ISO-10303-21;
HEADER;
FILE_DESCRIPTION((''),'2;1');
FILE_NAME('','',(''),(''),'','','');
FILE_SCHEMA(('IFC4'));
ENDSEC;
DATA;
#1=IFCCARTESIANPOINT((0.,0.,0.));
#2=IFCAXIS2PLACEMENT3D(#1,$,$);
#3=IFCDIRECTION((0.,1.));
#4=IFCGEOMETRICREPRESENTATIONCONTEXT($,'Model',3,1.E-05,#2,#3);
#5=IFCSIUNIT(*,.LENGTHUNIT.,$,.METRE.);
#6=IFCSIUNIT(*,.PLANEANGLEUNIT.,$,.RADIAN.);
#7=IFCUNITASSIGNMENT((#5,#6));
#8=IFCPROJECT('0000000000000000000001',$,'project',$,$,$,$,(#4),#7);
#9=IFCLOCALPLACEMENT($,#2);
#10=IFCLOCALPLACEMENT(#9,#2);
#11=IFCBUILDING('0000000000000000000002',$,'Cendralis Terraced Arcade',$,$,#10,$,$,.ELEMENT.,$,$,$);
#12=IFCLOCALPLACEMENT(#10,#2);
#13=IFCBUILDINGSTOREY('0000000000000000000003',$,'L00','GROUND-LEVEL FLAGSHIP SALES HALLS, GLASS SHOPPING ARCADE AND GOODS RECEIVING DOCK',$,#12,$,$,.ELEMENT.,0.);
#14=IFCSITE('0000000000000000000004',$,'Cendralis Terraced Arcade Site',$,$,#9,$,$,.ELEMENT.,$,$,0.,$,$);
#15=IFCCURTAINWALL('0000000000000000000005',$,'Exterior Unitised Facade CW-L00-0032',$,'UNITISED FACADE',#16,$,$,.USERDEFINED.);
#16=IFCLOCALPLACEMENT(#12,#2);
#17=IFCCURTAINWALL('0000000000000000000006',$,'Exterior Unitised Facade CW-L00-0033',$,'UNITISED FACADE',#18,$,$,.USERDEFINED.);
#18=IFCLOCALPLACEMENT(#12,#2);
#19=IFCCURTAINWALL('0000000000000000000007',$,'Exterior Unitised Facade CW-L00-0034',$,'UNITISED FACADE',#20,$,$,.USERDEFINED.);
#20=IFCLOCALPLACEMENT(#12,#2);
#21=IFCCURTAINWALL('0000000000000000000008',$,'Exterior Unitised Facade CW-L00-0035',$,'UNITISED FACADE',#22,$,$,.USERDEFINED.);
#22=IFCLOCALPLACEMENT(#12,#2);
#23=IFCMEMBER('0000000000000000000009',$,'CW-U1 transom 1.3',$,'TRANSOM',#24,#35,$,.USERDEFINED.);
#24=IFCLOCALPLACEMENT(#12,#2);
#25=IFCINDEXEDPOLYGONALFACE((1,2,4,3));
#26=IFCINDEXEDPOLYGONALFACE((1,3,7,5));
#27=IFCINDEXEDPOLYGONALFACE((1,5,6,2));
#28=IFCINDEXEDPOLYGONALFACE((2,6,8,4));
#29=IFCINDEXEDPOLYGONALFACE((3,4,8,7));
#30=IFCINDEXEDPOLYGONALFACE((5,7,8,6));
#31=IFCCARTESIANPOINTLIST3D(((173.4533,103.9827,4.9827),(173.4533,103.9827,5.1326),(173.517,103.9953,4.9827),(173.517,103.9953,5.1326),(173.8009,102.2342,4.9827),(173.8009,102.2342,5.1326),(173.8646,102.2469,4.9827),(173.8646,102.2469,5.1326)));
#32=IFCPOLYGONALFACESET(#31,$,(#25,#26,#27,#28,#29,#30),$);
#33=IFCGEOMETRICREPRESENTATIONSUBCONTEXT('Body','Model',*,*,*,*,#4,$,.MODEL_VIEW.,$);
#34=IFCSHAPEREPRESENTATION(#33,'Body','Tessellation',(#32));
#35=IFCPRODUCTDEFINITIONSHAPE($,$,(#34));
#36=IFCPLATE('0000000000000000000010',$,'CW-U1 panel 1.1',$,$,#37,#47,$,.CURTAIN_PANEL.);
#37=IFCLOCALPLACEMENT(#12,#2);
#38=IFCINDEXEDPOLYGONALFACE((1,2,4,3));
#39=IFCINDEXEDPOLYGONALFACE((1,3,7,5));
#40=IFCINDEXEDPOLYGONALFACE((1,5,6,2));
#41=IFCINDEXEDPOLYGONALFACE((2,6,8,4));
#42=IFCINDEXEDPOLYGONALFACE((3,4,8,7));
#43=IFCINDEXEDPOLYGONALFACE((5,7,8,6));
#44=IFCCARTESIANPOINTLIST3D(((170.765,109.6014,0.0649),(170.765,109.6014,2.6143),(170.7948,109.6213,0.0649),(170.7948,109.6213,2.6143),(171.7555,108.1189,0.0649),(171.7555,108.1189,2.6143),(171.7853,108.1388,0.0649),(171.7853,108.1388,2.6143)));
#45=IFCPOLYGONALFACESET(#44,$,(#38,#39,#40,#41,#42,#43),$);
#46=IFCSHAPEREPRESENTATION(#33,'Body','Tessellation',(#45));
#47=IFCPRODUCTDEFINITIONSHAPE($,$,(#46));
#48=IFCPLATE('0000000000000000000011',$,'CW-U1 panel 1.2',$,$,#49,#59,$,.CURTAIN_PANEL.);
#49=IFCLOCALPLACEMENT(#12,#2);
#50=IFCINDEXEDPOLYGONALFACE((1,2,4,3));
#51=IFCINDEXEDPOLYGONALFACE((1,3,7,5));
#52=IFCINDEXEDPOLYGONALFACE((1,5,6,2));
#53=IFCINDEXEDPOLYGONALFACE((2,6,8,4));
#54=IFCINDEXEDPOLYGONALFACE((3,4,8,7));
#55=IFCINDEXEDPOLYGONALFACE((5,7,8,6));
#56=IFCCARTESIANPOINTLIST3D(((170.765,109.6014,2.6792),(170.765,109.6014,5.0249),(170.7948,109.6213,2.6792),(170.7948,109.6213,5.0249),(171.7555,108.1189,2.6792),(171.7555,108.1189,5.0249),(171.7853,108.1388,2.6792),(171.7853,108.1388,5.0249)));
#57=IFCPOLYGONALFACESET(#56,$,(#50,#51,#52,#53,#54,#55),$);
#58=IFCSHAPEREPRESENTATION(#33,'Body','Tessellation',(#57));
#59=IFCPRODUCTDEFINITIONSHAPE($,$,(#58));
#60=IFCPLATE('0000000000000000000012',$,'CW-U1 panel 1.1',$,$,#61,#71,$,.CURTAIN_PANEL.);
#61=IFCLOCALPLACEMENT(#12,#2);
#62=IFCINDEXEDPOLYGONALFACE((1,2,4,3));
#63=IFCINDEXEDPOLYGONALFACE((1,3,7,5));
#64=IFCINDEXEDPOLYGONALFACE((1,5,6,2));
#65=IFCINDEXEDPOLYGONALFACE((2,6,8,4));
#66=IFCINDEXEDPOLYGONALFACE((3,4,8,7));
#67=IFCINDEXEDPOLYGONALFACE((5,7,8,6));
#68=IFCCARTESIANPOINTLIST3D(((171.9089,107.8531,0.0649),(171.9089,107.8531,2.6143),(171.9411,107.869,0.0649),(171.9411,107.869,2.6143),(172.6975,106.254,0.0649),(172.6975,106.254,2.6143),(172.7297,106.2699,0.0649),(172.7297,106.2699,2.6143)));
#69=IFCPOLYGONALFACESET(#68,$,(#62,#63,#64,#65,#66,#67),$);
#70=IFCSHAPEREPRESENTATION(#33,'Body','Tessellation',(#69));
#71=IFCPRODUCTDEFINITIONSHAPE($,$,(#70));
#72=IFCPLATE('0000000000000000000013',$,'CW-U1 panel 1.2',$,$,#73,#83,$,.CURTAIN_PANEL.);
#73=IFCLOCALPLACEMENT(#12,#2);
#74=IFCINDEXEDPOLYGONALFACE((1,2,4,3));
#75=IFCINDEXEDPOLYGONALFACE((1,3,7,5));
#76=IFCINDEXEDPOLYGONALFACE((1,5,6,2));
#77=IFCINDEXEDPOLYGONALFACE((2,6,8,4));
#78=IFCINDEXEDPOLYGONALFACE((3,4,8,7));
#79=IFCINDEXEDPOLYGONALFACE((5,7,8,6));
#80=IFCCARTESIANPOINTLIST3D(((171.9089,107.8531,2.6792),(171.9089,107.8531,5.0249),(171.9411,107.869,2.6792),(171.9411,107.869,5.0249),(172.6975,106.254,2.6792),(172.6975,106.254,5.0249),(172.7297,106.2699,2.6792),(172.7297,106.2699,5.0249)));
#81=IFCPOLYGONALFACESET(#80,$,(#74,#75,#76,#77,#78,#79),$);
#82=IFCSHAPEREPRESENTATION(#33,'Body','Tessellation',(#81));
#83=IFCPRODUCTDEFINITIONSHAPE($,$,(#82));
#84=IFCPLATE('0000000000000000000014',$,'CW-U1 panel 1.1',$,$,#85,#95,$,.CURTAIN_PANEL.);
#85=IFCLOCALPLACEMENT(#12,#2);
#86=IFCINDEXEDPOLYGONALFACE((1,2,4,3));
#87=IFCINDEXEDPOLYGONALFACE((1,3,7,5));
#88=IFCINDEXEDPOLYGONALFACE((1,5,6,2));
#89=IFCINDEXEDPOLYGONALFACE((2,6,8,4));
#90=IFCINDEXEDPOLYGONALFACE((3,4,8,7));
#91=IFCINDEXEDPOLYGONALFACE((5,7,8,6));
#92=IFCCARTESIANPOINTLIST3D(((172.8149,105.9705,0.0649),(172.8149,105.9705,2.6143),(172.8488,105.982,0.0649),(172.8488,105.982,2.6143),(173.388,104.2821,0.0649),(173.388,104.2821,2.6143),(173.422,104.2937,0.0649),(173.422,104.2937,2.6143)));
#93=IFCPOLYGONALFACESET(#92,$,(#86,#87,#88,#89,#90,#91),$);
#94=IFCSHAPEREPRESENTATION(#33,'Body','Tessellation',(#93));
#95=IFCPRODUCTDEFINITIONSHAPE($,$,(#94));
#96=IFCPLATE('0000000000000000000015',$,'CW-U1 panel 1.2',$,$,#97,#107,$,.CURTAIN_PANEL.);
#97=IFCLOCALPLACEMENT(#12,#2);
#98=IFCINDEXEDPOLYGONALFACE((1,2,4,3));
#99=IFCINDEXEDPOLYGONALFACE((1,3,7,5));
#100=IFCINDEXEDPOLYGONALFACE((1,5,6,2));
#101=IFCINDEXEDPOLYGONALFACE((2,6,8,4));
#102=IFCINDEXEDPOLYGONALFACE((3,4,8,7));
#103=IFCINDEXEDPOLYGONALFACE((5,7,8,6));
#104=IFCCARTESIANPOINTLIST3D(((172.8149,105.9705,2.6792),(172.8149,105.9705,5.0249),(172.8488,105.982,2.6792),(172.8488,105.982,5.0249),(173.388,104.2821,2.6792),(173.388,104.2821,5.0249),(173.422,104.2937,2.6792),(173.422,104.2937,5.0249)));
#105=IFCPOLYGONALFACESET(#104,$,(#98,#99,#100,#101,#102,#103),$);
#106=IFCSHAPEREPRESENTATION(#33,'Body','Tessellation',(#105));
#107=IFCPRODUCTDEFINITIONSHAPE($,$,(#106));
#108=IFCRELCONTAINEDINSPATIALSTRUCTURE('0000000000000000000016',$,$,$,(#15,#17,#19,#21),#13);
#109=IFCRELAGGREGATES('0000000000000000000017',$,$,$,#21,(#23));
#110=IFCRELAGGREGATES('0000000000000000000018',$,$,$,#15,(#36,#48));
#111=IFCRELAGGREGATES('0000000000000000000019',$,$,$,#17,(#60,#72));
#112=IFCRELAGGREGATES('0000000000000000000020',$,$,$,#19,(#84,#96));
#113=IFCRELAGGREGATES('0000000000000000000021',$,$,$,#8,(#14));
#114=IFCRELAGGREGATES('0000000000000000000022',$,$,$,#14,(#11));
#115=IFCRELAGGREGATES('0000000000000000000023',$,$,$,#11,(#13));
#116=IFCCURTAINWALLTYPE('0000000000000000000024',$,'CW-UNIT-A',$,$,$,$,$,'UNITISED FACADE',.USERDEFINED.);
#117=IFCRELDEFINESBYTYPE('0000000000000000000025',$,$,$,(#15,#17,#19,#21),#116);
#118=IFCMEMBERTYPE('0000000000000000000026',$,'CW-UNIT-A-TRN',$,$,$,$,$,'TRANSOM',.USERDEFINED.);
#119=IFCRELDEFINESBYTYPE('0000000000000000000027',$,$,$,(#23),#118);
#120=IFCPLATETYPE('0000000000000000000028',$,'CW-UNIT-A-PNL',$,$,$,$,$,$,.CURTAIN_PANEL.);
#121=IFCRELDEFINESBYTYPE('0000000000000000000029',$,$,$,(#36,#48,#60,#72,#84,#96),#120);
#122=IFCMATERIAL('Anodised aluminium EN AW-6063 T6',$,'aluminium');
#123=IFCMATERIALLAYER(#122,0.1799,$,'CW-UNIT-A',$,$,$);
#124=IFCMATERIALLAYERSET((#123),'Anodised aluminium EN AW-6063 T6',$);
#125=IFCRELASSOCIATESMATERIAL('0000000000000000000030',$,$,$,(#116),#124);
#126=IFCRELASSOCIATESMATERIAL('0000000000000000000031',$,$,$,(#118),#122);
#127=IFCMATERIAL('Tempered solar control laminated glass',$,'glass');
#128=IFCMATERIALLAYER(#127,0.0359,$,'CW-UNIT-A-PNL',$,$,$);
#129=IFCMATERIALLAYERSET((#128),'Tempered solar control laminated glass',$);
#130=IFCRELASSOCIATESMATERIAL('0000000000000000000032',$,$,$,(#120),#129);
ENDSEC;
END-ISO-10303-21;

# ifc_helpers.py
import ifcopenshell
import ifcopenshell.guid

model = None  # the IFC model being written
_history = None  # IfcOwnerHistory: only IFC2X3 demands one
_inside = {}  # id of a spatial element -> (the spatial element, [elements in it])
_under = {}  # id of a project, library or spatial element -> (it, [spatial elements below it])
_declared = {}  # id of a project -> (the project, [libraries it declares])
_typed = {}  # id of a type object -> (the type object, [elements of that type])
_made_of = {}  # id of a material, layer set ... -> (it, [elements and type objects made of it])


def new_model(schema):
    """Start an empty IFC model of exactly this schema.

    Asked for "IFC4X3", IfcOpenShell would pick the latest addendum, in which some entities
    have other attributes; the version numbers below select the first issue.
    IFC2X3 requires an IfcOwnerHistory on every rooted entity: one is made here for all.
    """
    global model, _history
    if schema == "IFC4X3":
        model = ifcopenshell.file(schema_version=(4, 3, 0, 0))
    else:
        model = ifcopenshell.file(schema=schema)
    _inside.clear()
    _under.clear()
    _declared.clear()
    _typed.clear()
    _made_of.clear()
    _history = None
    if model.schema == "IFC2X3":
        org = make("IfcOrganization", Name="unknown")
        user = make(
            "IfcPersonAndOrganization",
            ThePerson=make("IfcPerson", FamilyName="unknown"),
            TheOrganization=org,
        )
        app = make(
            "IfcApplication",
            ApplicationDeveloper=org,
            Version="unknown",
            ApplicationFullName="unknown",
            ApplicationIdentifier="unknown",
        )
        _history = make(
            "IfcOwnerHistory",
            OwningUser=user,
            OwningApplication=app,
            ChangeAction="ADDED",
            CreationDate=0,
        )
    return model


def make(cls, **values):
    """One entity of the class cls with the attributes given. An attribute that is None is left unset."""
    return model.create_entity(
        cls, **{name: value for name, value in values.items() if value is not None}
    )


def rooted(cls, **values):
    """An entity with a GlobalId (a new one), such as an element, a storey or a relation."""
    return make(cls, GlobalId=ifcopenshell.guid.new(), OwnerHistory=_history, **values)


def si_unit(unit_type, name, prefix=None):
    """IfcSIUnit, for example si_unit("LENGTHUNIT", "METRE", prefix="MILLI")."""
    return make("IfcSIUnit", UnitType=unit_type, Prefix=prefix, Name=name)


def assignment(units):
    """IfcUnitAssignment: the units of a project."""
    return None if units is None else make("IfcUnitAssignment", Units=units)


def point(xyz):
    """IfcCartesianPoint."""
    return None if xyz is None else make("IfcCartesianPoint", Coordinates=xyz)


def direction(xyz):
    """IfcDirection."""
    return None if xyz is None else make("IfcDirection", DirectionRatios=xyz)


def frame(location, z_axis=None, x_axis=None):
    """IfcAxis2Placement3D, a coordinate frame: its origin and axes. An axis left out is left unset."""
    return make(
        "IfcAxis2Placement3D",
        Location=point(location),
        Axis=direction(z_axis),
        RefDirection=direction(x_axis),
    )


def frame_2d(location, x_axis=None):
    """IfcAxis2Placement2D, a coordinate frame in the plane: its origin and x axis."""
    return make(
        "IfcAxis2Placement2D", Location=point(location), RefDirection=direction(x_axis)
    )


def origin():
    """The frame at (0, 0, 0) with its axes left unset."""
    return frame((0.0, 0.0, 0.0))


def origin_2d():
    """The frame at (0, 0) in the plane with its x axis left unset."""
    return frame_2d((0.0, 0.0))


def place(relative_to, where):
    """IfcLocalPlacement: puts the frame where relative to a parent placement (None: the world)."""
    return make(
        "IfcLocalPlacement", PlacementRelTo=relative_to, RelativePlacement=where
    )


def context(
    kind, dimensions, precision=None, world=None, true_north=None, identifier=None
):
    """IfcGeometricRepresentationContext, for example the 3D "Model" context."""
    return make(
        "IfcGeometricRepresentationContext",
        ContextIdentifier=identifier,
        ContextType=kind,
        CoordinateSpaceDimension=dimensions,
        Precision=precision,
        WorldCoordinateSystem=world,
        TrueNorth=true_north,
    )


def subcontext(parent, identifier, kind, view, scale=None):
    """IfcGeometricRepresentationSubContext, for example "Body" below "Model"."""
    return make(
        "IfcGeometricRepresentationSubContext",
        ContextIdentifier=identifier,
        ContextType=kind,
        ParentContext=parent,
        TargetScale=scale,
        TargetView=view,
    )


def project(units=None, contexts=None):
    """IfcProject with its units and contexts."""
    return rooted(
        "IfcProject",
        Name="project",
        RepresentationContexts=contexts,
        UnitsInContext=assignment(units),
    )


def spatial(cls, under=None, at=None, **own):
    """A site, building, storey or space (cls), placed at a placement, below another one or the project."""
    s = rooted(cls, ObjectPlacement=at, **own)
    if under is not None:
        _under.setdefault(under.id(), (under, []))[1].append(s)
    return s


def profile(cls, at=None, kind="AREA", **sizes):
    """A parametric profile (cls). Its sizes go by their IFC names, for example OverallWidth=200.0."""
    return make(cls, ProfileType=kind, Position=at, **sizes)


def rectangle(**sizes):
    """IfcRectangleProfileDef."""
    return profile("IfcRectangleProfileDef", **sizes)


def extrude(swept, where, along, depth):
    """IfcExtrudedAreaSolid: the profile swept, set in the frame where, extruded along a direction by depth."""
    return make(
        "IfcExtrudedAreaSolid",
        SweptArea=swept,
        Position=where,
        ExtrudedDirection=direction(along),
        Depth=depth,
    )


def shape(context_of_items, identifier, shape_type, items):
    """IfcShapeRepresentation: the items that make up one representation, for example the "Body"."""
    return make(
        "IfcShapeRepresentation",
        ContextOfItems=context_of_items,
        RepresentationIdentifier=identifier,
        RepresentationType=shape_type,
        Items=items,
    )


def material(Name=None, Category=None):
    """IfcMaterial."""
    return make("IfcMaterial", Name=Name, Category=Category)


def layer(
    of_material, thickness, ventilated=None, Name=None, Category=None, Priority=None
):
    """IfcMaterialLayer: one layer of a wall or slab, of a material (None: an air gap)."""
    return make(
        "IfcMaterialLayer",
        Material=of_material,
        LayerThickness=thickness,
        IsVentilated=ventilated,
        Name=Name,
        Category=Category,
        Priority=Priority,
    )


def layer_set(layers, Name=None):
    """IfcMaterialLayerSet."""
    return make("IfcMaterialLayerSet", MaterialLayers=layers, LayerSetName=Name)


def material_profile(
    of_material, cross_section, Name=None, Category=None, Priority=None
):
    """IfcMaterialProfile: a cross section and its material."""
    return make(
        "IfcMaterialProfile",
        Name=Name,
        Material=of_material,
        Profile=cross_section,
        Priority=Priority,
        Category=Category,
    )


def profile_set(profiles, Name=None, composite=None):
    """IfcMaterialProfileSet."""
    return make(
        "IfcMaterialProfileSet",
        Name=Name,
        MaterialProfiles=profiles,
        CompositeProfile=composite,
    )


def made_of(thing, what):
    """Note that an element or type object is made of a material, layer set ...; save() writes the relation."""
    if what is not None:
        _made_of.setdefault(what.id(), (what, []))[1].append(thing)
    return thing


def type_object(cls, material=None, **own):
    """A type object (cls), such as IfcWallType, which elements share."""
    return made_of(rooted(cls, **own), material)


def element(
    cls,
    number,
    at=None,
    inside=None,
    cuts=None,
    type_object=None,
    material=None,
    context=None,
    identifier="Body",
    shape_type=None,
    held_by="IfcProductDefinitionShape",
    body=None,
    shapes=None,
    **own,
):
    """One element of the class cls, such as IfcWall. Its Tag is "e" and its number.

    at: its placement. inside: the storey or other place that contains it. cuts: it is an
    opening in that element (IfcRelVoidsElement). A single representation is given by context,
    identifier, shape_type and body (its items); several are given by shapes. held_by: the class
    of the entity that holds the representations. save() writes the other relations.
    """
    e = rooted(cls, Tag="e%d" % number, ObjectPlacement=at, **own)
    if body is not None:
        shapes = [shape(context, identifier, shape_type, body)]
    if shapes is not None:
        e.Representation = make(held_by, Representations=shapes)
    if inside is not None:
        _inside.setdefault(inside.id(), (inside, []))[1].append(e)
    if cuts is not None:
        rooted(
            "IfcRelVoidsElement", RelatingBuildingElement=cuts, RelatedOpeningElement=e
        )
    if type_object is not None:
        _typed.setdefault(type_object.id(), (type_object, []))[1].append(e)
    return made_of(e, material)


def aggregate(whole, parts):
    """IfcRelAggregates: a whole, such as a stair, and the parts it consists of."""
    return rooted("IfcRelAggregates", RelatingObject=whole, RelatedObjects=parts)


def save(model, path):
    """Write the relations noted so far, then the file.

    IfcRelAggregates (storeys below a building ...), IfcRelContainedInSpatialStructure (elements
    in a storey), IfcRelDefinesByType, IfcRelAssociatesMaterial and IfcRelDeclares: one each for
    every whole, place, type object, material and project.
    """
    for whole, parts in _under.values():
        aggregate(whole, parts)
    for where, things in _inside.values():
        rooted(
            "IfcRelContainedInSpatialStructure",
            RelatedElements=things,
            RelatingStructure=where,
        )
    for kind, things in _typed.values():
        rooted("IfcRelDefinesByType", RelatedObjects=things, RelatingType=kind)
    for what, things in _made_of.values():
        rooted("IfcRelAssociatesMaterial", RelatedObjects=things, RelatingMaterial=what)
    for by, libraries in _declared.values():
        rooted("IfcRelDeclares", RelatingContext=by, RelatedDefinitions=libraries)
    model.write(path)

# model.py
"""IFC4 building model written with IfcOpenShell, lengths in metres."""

from ifc_helpers import new_model, si_unit, direction, frame, origin, origin_2d, place, context, subcontext, project, spatial, rectangle, extrude, material, layer, layer_set, material_profile, profile_set, type_object, element, aggregate, save


model = new_model("IFC4")

# Units and contexts
model_context = context("Model", 3, precision=1e-05, world=origin(), true_north=direction((0.0, 1.0)))
body_context = subcontext(model_context, "Body", "Model", "MODEL_VIEW")
ifc_project = project(units=[si_unit("LENGTHUNIT", "METRE"), si_unit("PLANEANGLEUNIT", "RADIAN")], contexts=[model_context])

# Site, building, storey
site_placement = place(None, origin())
site = spatial("IfcSite", under=ifc_project, at=site_placement, Name="Cendralis Terraced Arcade Site", CompositionType="ELEMENT", RefElevation=0.0)
building_placement = place(site_placement, origin())
building = spatial("IfcBuilding", under=site, at=building_placement, Name="Cendralis Terraced Arcade", CompositionType="ELEMENT")
storey_placement = place(building_placement, origin())
storey = spatial("IfcBuildingStorey", under=building, at=storey_placement, Name="L00", Description="GROUND-LEVEL FLAGSHIP SALES HALLS, GLASS SHOPPING ARCADE AND GOODS RECEIVING DOCK", CompositionType="ELEMENT", Elevation=0.0)

# Curtain walls
ifc_material_1 = material(Name="Anodised aluminium EN AW-6063 T6", Category="aluminium")
ifc_layer_1 = layer(ifc_material_1, 0.1799, Name="CW-UNIT-A")
ifc_layer_set_1 = layer_set([ifc_layer_1], Name="Anodised aluminium EN AW-6063 T6")
curtain_wall_type = type_object("IfcCurtainWallType", Name="CW-UNIT-A", ElementType="UNITISED FACADE", PredefinedType="USERDEFINED", material=ifc_layer_set_1)
curtain_wall_1_placement = place(storey_placement, origin())
curtain_wall_1 = element("IfcCurtainWall", 1, at=curtain_wall_1_placement, inside=storey, type_object=curtain_wall_type, Name="Exterior Unitised Facade CW-L00-0032", ObjectType="UNITISED FACADE", PredefinedType="USERDEFINED")
curtain_wall_2_placement = place(storey_placement, origin())
curtain_wall_2 = element("IfcCurtainWall", 2, at=curtain_wall_2_placement, inside=storey, type_object=curtain_wall_type, Name="Exterior Unitised Facade CW-L00-0033", ObjectType="UNITISED FACADE", PredefinedType="USERDEFINED")
curtain_wall_3_placement = place(storey_placement, origin())
curtain_wall_3 = element("IfcCurtainWall", 3, at=curtain_wall_3_placement, inside=storey, type_object=curtain_wall_type, Name="Exterior Unitised Facade CW-L00-0034", ObjectType="UNITISED FACADE", PredefinedType="USERDEFINED")

# Curtain wall
curtain_wall_4_placement = place(storey_placement, origin())
curtain_wall_4 = element("IfcCurtainWall", 4, at=curtain_wall_4_placement, inside=storey, type_object=curtain_wall_type, Name="Exterior Unitised Facade CW-L00-0035", ObjectType="UNITISED FACADE", PredefinedType="USERDEFINED")

# Member
ifc_material_profile_1 = material_profile(ifc_material_1, rectangle(XDim=0.0649, YDim=0.1499, at=origin_2d()), Name="ALU-TRN-65x150")
ifc_profile_set_1 = profile_set([ifc_material_profile_1], Name="Anodised aluminium EN AW-6063 T6")
member_type_1 = type_object("IfcMemberType", Name="CW-UNIT-A-TRN", ElementType="TRANSOM", PredefinedType="USERDEFINED", material=ifc_profile_set_1)
member_1_placement = place(storey_placement, frame((173.4851, 103.989, 5.0576), z_axis=(0.19501, -0.980801, 0.0), x_axis=(0.980801, 0.19501, 0.0)))
member_1 = element("IfcMember", 5, at=member_1_placement, type_object=member_type_1, Name="CW-U1 transom 1.3", ObjectType="TRANSOM", PredefinedType="USERDEFINED", context=body_context, shape_type="SweptSolid", body=[
    extrude(rectangle(XDim=0.0649, YDim=0.1499, at=origin_2d()), origin(), (0.0, 0.0, 1.0), 1.7827),
])
aggregate(curtain_wall_4, [member_1])

# Plates
ifc_material_2 = material(Name="Tempered solar control laminated glass", Category="glass")
ifc_layer_2 = layer(ifc_material_2, 0.0359, Name="CW-UNIT-A-PNL")
ifc_layer_set_2 = layer_set([ifc_layer_2], Name="Tempered solar control laminated glass")
plate_type = type_object("IfcPlateType", Name="CW-UNIT-A-PNL", PredefinedType="CURTAIN_PANEL", material=ifc_layer_set_2)
plate_1_placement = place(storey_placement, frame((171.2751, 108.8701, 0.0649), z_axis=(0.0, 0.0, 1.0), x_axis=(0.555532, -0.831495, 0.0)))
plate_1 = element("IfcPlate", 6, at=plate_1_placement, type_object=plate_type, Name="CW-U1 panel 1.1", PredefinedType="CURTAIN_PANEL", context=body_context, shape_type="SweptSolid", body=[
    extrude(rectangle(XDim=1.783, YDim=0.0359, at=origin_2d()), origin(), (0.0, 0.0, 1.0), 2.5493),
])
plate_2_placement = place(storey_placement, frame((171.2751, 108.8701, 2.6792), z_axis=(0.0, 0.0, 1.0), x_axis=(0.555532, -0.831495, 0.0)))
plate_2 = element("IfcPlate", 7, at=plate_2_placement, type_object=plate_type, Name="CW-U1 panel 1.2", PredefinedType="CURTAIN_PANEL", context=body_context, shape_type="SweptSolid", body=[
    extrude(rectangle(XDim=1.783, YDim=0.0359, at=origin_2d()), origin(), (0.0, 0.0, 1.0), 2.3457),
])
aggregate(curtain_wall_1, [plate_1, plate_2])
plate_3_placement = place(storey_placement, frame((172.3193, 107.0615, 0.0649), z_axis=(0.0, 0.0, 1.0), x_axis=(0.442293, -0.896871, 0.0)))
plate_3 = element("IfcPlate", 8, at=plate_3_placement, type_object=plate_type, Name="CW-U1 panel 1.1", PredefinedType="CURTAIN_PANEL", context=body_context, shape_type="SweptSolid", body=[
    extrude(rectangle(XDim=1.783, YDim=0.0359, at=origin_2d()), origin(), (0.0, 0.0, 1.0), 2.5493),
])
plate_4_placement = place(storey_placement, frame((172.3193, 107.0615, 2.6792), z_axis=(0.0, 0.0, 1.0), x_axis=(0.442293, -0.896871, 0.0)))
plate_4 = element("IfcPlate", 9, at=plate_4_placement, type_object=plate_type, Name="CW-U1 panel 1.2", PredefinedType="CURTAIN_PANEL", context=body_context, shape_type="SweptSolid", body=[
    extrude(rectangle(XDim=1.783, YDim=0.0359, at=origin_2d()), origin(), (0.0, 0.0, 1.0), 2.3457),
])
aggregate(curtain_wall_2, [plate_3, plate_4])
plate_5_placement = place(storey_placement, frame((173.1184, 105.1321, 0.0649), z_axis=(0.0, 0.0, 1.0), x_axis=(0.321445, -0.946928, 0.0)))
plate_5 = element("IfcPlate", 10, at=plate_5_placement, type_object=plate_type, Name="CW-U1 panel 1.1", PredefinedType="CURTAIN_PANEL", context=body_context, shape_type="SweptSolid", body=[
    extrude(rectangle(XDim=1.783, YDim=0.0359, at=origin_2d()), origin(), (0.0, 0.0, 1.0), 2.5493),
])
plate_6_placement = place(storey_placement, frame((173.1184, 105.1321, 2.6792), z_axis=(0.0, 0.0, 1.0), x_axis=(0.321445, -0.946928, 0.0)))
plate_6 = element("IfcPlate", 11, at=plate_6_placement, type_object=plate_type, Name="CW-U1 panel 1.2", PredefinedType="CURTAIN_PANEL", context=body_context, shape_type="SweptSolid", body=[
    extrude(rectangle(XDim=1.783, YDim=0.0359, at=origin_2d()), origin(), (0.0, 0.0, 1.0), 2.3457),
])
aggregate(curtain_wall_3, [plate_5, plate_6])

save(model, "model.ifc")
